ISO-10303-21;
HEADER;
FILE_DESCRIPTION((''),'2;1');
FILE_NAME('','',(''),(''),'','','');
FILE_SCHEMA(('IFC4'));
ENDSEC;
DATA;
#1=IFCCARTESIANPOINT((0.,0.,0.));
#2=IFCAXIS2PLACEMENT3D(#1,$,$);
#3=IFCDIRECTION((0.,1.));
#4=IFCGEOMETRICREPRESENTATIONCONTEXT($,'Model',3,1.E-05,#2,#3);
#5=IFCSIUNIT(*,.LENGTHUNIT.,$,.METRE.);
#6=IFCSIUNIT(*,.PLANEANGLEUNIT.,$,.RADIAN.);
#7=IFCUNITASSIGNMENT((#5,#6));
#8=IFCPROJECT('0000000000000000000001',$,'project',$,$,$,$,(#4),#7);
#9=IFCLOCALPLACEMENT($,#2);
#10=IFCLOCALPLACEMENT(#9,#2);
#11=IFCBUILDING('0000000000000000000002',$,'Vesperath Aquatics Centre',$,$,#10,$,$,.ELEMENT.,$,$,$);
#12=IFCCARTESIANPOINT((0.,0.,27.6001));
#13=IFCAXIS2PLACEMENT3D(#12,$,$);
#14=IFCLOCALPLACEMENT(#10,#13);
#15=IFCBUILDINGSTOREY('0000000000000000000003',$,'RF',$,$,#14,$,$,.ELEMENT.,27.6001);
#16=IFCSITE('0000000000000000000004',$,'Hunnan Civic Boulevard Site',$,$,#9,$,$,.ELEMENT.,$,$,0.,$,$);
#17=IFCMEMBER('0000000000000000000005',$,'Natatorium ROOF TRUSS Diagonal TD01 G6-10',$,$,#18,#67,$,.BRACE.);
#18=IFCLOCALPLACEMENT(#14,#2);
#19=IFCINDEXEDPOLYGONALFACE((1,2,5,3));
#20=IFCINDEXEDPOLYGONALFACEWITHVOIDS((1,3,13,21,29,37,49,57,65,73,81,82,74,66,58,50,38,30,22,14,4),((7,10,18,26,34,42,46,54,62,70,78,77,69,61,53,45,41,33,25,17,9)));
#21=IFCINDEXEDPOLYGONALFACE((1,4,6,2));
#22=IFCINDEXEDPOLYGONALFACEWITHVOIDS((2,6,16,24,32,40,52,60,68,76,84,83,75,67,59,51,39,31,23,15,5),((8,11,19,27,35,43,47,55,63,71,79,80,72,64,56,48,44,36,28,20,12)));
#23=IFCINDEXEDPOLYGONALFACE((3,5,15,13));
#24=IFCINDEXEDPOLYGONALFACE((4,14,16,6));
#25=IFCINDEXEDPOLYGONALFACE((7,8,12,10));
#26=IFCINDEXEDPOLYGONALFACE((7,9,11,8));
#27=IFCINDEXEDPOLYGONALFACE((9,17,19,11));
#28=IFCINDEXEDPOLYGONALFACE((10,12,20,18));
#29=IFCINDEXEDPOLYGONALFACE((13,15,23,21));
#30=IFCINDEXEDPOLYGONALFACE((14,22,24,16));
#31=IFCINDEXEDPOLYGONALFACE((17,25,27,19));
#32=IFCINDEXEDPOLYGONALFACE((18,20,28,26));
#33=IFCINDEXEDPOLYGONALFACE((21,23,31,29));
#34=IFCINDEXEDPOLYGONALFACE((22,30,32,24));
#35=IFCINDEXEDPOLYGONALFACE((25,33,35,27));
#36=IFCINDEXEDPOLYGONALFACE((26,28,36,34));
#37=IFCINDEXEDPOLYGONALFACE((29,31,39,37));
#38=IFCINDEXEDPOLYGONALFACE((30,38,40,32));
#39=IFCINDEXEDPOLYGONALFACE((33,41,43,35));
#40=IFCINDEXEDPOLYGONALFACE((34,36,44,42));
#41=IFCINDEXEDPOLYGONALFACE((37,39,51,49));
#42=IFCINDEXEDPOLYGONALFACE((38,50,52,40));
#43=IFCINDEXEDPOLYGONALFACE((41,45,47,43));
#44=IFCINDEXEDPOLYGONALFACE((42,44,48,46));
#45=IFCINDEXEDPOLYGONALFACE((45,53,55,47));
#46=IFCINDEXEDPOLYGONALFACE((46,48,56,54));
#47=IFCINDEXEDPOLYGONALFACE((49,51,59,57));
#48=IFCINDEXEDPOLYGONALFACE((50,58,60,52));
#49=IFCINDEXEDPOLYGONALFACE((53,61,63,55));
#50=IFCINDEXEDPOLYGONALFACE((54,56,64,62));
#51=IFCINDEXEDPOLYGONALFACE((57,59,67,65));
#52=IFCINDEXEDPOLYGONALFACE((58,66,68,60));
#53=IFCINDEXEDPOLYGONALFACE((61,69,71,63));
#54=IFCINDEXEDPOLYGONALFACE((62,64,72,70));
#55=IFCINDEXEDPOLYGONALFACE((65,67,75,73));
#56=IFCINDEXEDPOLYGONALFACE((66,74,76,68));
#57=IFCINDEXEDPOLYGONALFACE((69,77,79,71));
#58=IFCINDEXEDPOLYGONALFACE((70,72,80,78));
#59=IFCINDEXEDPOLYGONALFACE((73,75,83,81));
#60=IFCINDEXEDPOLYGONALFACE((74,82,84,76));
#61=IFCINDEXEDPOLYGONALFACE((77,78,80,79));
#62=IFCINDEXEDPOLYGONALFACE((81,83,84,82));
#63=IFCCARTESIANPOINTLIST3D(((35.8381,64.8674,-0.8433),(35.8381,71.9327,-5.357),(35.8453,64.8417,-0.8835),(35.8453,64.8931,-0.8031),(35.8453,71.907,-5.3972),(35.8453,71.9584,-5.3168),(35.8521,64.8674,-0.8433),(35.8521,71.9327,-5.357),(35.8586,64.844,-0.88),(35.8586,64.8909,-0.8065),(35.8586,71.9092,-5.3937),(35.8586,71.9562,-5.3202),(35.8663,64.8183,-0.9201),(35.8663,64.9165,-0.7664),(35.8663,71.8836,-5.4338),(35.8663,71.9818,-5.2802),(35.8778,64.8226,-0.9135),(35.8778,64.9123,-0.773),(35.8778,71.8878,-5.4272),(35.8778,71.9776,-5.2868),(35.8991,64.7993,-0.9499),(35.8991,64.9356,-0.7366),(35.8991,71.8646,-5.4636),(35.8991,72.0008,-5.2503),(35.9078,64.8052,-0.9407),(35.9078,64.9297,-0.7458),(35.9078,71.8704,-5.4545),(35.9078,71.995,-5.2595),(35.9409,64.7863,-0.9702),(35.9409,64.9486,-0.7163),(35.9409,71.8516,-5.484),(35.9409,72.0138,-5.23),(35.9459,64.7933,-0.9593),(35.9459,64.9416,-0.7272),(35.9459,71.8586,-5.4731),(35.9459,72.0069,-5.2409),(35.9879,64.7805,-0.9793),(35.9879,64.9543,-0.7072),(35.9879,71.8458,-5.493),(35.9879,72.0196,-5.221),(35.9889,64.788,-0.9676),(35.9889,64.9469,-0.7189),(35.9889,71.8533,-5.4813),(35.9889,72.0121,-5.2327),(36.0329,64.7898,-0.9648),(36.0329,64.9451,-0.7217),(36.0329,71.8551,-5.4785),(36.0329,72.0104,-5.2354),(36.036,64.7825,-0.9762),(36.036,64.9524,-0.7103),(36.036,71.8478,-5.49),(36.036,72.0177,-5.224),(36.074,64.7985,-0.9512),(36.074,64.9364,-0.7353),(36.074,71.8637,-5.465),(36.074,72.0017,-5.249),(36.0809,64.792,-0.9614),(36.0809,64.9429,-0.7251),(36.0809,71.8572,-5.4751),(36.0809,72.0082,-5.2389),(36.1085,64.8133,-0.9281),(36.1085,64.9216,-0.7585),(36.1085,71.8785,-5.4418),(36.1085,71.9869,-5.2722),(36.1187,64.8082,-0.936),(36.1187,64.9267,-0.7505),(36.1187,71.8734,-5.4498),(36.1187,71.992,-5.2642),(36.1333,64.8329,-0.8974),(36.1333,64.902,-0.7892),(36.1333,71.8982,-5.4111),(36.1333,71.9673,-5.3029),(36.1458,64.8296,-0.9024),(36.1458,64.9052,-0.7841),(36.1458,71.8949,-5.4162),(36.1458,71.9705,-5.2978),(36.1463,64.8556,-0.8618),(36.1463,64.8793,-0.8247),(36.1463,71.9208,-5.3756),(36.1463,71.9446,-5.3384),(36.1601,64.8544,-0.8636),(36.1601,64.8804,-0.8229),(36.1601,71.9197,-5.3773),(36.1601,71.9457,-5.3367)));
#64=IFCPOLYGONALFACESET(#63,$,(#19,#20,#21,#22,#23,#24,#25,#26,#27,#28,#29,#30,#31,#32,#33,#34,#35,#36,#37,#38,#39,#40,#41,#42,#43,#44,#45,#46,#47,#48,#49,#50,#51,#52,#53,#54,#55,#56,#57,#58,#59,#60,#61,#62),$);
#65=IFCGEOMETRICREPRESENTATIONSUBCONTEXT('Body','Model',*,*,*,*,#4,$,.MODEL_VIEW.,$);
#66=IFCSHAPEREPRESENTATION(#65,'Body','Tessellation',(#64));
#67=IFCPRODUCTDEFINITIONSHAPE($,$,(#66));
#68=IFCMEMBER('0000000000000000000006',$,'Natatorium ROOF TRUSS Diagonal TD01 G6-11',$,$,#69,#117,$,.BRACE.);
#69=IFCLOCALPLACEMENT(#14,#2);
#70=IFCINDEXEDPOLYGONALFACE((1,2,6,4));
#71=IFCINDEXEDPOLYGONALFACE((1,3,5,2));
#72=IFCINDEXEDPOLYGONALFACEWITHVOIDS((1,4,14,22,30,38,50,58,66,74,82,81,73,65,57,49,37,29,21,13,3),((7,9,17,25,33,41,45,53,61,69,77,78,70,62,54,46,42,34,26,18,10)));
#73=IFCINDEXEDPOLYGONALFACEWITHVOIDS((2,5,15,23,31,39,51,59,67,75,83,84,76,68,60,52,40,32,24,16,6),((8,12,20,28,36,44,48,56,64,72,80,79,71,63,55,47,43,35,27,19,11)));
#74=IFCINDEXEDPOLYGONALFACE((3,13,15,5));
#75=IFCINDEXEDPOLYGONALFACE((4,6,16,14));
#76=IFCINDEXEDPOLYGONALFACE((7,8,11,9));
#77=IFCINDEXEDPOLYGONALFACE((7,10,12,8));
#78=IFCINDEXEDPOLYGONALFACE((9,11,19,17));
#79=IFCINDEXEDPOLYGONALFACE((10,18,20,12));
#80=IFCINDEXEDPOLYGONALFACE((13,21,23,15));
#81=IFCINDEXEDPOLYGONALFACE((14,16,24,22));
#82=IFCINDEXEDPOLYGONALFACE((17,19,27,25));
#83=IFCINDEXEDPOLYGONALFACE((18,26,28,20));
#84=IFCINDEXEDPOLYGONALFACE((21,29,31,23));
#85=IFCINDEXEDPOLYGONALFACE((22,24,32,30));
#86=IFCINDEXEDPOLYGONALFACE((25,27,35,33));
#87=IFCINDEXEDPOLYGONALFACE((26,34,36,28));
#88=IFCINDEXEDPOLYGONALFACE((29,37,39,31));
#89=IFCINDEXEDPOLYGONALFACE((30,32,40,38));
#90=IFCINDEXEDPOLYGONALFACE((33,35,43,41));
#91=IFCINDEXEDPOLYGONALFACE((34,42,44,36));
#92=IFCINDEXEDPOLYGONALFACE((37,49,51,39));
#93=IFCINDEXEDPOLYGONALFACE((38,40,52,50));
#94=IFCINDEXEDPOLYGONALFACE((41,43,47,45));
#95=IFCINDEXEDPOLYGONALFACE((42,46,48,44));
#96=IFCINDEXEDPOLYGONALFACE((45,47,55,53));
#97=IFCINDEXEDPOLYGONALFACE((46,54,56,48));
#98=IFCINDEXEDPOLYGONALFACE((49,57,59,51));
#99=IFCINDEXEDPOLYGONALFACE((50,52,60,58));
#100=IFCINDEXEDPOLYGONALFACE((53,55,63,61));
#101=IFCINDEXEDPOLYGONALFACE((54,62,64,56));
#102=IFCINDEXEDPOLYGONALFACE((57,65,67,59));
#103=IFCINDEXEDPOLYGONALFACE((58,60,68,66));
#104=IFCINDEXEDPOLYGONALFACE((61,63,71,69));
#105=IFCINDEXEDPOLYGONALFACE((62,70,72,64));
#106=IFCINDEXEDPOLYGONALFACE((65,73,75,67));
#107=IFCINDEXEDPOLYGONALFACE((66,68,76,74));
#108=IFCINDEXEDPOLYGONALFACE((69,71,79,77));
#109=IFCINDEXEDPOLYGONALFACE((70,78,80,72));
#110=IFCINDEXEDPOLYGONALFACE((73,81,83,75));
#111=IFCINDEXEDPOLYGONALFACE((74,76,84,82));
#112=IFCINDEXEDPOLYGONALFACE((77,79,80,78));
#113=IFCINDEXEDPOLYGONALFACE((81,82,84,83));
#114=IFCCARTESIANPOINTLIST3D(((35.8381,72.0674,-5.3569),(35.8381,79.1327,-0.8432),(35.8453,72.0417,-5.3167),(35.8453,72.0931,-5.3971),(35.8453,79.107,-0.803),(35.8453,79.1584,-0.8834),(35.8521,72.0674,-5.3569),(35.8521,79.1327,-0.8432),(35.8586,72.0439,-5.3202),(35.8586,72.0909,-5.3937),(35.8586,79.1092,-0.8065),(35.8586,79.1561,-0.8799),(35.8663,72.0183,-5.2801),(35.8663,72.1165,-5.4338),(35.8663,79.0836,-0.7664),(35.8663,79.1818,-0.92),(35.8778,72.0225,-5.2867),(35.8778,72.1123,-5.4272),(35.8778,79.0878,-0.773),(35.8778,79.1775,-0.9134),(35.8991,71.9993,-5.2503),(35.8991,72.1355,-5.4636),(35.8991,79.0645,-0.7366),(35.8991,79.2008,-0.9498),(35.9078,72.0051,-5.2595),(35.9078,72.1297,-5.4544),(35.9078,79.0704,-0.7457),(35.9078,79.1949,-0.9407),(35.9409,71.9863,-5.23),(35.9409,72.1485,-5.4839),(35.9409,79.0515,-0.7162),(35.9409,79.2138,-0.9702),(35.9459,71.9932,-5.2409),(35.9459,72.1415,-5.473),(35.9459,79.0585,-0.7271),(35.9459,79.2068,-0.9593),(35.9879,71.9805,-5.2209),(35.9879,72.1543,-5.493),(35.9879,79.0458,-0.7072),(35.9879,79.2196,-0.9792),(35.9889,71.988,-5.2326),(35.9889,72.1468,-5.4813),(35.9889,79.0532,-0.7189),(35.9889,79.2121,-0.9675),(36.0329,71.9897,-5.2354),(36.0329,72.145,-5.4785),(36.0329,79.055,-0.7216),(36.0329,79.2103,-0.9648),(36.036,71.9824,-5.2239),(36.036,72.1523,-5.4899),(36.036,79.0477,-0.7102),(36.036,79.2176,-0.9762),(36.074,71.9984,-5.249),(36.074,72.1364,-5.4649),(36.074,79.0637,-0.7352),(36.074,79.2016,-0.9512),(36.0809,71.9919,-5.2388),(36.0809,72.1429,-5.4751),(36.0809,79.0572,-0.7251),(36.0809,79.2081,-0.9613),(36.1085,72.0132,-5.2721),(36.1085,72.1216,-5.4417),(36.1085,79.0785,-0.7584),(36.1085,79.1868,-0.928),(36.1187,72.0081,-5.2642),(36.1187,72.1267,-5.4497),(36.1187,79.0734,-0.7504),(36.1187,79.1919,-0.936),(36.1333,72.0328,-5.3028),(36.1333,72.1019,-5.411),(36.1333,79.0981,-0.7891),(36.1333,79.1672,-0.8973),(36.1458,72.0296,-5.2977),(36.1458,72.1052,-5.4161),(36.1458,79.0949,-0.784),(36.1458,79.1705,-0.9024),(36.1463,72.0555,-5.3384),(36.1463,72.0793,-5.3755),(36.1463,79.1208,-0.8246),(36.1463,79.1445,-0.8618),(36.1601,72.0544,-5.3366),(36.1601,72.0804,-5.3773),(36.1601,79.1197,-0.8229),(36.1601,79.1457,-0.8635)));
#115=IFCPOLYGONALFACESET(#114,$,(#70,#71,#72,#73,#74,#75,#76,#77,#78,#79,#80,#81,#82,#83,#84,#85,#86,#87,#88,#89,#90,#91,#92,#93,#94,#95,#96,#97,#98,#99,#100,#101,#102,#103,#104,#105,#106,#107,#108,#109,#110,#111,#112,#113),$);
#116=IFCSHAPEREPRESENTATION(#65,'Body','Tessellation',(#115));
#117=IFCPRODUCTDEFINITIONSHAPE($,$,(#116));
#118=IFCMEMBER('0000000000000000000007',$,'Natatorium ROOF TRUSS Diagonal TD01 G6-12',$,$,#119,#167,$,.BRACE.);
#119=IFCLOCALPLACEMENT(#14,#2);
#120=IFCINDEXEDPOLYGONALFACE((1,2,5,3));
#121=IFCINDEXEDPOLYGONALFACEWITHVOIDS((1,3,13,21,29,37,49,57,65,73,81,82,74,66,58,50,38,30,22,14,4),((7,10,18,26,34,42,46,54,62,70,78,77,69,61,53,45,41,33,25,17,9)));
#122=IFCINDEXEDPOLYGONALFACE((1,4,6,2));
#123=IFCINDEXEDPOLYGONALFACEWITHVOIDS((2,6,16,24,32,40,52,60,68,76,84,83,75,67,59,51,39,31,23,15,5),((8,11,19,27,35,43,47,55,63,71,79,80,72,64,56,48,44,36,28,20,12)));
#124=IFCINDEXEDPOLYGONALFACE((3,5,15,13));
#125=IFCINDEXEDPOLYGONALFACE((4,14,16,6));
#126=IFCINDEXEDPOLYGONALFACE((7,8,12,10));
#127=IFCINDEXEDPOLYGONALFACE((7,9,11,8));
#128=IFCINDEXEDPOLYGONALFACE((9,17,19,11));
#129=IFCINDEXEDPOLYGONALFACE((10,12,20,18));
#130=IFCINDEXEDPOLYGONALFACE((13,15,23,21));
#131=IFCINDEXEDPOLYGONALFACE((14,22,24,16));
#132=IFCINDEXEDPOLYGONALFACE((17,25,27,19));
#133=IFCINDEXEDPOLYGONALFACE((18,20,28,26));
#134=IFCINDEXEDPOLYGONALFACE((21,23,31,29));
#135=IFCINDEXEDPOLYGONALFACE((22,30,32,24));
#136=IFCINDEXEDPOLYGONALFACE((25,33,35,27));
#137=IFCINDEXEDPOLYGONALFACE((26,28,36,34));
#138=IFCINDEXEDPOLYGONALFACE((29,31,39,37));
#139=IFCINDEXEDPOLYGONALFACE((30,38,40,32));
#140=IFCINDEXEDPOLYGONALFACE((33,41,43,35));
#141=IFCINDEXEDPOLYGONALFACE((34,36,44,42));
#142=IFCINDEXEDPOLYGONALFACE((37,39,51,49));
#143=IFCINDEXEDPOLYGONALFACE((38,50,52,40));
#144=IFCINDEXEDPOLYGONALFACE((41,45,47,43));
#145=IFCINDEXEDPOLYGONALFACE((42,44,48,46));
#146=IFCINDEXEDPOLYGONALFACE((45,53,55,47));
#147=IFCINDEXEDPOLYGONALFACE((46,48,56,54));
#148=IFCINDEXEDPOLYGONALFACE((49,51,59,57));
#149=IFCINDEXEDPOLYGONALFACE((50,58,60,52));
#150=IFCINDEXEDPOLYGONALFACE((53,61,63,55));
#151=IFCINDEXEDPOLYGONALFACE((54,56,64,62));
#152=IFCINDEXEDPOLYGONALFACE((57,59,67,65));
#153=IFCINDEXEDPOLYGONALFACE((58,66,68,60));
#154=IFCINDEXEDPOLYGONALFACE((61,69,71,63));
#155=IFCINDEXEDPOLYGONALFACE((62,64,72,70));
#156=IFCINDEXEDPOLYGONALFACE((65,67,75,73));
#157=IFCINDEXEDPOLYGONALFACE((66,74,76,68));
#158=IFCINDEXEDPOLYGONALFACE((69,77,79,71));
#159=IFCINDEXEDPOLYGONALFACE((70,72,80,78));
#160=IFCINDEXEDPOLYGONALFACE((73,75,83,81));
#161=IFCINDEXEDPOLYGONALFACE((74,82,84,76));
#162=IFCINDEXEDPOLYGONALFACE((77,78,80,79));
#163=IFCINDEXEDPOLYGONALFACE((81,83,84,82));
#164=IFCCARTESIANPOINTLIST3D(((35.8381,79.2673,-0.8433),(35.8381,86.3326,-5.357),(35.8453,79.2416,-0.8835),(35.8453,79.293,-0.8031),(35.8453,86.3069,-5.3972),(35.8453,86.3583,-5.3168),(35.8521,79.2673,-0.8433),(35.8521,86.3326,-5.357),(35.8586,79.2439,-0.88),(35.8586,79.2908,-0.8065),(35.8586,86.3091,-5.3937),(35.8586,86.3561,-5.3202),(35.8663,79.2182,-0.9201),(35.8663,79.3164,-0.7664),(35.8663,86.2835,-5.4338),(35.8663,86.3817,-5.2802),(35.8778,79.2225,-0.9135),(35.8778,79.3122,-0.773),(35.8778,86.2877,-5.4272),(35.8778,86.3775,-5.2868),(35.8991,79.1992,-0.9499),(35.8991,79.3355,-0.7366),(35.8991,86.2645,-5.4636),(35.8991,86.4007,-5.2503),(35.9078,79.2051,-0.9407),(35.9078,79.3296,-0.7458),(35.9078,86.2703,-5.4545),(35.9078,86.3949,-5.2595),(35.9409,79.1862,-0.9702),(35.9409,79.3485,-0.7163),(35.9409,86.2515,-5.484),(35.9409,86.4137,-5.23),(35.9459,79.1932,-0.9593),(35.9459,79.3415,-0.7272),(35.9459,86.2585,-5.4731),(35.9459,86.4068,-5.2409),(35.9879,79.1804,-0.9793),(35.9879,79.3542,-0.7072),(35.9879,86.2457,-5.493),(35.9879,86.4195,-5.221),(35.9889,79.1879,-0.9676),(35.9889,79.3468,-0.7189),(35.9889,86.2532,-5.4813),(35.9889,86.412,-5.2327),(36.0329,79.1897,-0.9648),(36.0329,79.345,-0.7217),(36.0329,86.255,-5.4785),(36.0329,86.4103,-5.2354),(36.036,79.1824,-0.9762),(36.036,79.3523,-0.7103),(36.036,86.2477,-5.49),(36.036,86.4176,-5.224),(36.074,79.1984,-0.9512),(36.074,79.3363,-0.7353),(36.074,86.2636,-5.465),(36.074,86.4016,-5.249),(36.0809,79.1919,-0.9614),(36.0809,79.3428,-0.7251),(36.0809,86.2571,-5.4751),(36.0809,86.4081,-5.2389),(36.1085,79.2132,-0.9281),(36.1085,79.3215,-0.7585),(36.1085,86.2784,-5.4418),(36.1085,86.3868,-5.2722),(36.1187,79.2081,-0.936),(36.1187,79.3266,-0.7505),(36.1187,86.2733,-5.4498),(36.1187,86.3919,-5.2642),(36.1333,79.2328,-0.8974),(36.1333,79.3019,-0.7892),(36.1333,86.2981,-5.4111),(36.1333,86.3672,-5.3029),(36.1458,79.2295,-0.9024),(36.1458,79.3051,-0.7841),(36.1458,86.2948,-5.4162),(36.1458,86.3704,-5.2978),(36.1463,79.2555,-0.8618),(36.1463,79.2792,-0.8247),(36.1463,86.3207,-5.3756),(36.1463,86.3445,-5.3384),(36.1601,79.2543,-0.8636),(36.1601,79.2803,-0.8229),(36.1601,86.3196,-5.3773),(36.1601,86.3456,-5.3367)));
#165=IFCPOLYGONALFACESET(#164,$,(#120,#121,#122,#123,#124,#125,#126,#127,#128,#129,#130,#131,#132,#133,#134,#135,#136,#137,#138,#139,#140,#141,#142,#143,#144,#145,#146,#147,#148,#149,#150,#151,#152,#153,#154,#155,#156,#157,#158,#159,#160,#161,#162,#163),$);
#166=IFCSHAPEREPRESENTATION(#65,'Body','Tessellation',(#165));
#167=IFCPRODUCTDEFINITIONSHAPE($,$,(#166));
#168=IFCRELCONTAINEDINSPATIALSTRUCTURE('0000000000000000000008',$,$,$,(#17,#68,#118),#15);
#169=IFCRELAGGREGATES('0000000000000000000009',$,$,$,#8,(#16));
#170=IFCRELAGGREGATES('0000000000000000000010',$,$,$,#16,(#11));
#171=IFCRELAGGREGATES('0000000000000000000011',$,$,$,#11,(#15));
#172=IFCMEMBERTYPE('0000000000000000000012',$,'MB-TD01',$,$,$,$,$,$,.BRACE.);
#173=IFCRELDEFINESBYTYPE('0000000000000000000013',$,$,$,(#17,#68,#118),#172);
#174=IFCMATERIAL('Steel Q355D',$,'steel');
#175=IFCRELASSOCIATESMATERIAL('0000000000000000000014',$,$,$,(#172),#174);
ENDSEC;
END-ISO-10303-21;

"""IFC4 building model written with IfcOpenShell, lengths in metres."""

from ifc_helpers import new_model, si_unit, direction, frame, origin, origin_2d, place, context, subcontext, project, spatial, hollow_circle, extrude, material, material_profile, profile_set, type_object, element, save


model = new_model("IFC4")

# Units and contexts
model_context = context("Model", 3, precision=1e-05, world=origin(), true_north=direction((0.0, 1.0)))
body_context = subcontext(model_context, "Body", "Model", "MODEL_VIEW")
ifc_project = project(units=[si_unit("LENGTHUNIT", "METRE"), si_unit("PLANEANGLEUNIT", "RADIAN")], contexts=[model_context])

# Site, building, storey
site_placement = place(None, origin())
site = spatial("IfcSite", under=ifc_project, at=site_placement, Name="Hunnan Civic Boulevard Site", CompositionType="ELEMENT", RefElevation=0.0)
building_placement = place(site_placement, origin())
building = spatial("IfcBuilding", under=site, at=building_placement, Name="Vesperath Aquatics Centre", CompositionType="ELEMENT")
storey_placement = place(building_placement, frame((0.0, 0.0, 27.6001)))
storey = spatial("IfcBuildingStorey", under=building, at=storey_placement, Name="RF", CompositionType="ELEMENT", Elevation=27.6001)

# Members
ifc_material_1 = material(Name="Steel Q355D", Category="steel")
ifc_material_profile_1 = material_profile(ifc_material_1, hollow_circle(Radius=0.1619, WallThickness=0.0139, at=origin_2d()), Name="CHS 323.9x14")
ifc_profile_set_1 = profile_set([ifc_material_profile_1], Name="Steel Q355D")
member_type_1 = type_object("IfcMemberType", Name="MB-TD01", PredefinedType="BRACE", material=ifc_profile_set_1)
for number, where, z_axis, x_axis, name in (
    (1, (36.0, 64.8674, -0.8433), (0.0, 0.842707, -0.538373), (-1.0, 0.0, 0.0), "Natatorium ROOF TRUSS Diagonal TD01 G6-10"),
    (2, (36.0, 72.0674, -5.3569), (0.0, 0.842707, 0.538373), (-1.0, 0.0, 0.0), "Natatorium ROOF TRUSS Diagonal TD01 G6-11"),
    (3, (36.0, 79.2673, -0.8433), (0.0, 0.842707, -0.538373), (-1.0, 0.0, 0.0), "Natatorium ROOF TRUSS Diagonal TD01 G6-12"),
):
    element("IfcMember", number, at=place(storey_placement, frame(where, z_axis=z_axis, x_axis=x_axis)), inside=storey, type_object=member_type_1, Name=name, PredefinedType="BRACE", context=body_context, shape_type="SweptSolid", body=[
        extrude(hollow_circle(Radius=0.1619, WallThickness=0.0139, at=origin_2d()), origin(), (0.0, 0.0, 1.0), 8.384),
    ])

save(model, "model.ifc")
